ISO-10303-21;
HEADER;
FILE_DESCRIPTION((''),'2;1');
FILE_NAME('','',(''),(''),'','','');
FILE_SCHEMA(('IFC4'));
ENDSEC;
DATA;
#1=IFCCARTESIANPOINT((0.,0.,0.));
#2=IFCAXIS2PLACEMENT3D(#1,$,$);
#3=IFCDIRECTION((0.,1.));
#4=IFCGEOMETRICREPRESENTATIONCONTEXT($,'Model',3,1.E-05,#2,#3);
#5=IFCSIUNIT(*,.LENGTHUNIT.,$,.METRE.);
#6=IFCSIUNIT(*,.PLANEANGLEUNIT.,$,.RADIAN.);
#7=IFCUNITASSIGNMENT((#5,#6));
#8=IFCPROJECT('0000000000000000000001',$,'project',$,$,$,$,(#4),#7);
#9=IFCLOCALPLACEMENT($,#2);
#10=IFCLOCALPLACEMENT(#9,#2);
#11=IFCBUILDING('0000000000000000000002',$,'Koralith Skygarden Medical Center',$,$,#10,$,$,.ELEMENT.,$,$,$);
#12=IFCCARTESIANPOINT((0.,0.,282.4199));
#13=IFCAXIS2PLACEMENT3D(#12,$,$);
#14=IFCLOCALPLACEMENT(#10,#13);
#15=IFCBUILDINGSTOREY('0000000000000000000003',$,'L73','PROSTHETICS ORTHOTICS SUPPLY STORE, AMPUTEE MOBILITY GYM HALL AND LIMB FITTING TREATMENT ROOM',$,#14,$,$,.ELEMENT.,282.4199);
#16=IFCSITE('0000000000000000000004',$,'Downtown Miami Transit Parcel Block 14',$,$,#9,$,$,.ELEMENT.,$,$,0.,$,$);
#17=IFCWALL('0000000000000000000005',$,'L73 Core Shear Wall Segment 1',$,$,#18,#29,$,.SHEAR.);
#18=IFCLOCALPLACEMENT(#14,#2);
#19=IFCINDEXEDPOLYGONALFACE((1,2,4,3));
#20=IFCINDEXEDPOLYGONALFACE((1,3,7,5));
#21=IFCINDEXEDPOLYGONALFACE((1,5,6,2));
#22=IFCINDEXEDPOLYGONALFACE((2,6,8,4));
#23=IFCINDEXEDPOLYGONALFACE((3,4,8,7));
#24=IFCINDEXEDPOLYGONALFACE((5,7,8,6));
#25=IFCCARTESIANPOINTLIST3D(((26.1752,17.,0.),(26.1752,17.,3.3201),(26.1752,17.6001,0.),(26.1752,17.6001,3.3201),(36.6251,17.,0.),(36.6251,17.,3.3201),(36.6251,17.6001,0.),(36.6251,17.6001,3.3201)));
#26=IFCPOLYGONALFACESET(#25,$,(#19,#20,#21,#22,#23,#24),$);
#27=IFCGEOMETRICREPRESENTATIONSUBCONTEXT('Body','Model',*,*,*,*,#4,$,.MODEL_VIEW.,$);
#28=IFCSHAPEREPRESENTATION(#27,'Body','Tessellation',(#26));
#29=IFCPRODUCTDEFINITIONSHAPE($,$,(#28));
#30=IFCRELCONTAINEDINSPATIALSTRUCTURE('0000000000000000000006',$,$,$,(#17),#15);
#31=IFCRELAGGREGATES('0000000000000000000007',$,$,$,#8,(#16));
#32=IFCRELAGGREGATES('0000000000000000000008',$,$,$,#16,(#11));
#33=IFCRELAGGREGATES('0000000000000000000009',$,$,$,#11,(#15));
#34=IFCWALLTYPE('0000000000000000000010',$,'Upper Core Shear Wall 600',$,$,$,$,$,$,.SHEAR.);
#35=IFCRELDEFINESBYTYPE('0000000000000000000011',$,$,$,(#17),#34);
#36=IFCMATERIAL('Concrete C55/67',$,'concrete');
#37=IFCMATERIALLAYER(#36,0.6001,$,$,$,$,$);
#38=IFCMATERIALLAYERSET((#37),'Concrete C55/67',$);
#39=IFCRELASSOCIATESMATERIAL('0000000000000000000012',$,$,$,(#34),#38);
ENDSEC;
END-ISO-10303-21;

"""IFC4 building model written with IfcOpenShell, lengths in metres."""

from ifc_helpers import new_model, si_unit, direction, frame, frame_2d, origin, place, context, subcontext, project, spatial, rectangle, extrude, material, layer, layer_set, type_object, element, save


model = new_model("IFC4")

# Units and contexts
model_context = context("Model", 3, precision=1e-05, world=origin(), true_north=direction((0.0, 1.0)))
body_context = subcontext(model_context, "Body", "Model", "MODEL_VIEW")
ifc_project = project(units=[si_unit("LENGTHUNIT", "METRE"), si_unit("PLANEANGLEUNIT", "RADIAN")], contexts=[model_context])

# Site, building, storey
site_placement = place(None, origin())
site = spatial("IfcSite", under=ifc_project, at=site_placement, Name="Downtown Miami Transit Parcel Block 14", CompositionType="ELEMENT", RefElevation=0.0)
building_placement = place(site_placement, origin())
building = spatial("IfcBuilding", under=site, at=building_placement, Name="Koralith Skygarden Medical Center", CompositionType="ELEMENT")
storey_placement = place(building_placement, frame((0.0, 0.0, 282.4199)))
storey = spatial("IfcBuildingStorey", under=building, at=storey_placement, Name="L73", Description="PROSTHETICS ORTHOTICS SUPPLY STORE, AMPUTEE MOBILITY GYM HALL AND LIMB FITTING TREATMENT ROOM", CompositionType="ELEMENT", Elevation=282.4199)

# Shared definitions
ifc_material_1 = material(Name="Concrete C55/67", Category="concrete")

# Wall
ifc_layer_1 = layer(ifc_material_1, 0.6001)
ifc_layer_set_1 = layer_set([ifc_layer_1], Name="Concrete C55/67")
wall_type_1 = type_object("IfcWallType", Name="Upper Core Shear Wall 600", PredefinedType="SHEAR", material=ifc_layer_set_1)
wall_1_placement = place(storey_placement, frame((26.175, 17.3, 0.0), z_axis=(0.0, 0.0, 1.0), x_axis=(1.0, 0.0, 0.0)))
element("IfcWall", 1, at=wall_1_placement, inside=storey, type_object=wall_type_1, Name="L73 Core Shear Wall Segment 1", PredefinedType="SHEAR", context=body_context, shape_type="SweptSolid", body=[
    extrude(rectangle(XDim=10.45, YDim=0.6001, at=frame_2d((5.2251, 0.0))), origin(), (0.0, 0.0, 1.0), 3.3201),
])

save(model, "model.ifc")
